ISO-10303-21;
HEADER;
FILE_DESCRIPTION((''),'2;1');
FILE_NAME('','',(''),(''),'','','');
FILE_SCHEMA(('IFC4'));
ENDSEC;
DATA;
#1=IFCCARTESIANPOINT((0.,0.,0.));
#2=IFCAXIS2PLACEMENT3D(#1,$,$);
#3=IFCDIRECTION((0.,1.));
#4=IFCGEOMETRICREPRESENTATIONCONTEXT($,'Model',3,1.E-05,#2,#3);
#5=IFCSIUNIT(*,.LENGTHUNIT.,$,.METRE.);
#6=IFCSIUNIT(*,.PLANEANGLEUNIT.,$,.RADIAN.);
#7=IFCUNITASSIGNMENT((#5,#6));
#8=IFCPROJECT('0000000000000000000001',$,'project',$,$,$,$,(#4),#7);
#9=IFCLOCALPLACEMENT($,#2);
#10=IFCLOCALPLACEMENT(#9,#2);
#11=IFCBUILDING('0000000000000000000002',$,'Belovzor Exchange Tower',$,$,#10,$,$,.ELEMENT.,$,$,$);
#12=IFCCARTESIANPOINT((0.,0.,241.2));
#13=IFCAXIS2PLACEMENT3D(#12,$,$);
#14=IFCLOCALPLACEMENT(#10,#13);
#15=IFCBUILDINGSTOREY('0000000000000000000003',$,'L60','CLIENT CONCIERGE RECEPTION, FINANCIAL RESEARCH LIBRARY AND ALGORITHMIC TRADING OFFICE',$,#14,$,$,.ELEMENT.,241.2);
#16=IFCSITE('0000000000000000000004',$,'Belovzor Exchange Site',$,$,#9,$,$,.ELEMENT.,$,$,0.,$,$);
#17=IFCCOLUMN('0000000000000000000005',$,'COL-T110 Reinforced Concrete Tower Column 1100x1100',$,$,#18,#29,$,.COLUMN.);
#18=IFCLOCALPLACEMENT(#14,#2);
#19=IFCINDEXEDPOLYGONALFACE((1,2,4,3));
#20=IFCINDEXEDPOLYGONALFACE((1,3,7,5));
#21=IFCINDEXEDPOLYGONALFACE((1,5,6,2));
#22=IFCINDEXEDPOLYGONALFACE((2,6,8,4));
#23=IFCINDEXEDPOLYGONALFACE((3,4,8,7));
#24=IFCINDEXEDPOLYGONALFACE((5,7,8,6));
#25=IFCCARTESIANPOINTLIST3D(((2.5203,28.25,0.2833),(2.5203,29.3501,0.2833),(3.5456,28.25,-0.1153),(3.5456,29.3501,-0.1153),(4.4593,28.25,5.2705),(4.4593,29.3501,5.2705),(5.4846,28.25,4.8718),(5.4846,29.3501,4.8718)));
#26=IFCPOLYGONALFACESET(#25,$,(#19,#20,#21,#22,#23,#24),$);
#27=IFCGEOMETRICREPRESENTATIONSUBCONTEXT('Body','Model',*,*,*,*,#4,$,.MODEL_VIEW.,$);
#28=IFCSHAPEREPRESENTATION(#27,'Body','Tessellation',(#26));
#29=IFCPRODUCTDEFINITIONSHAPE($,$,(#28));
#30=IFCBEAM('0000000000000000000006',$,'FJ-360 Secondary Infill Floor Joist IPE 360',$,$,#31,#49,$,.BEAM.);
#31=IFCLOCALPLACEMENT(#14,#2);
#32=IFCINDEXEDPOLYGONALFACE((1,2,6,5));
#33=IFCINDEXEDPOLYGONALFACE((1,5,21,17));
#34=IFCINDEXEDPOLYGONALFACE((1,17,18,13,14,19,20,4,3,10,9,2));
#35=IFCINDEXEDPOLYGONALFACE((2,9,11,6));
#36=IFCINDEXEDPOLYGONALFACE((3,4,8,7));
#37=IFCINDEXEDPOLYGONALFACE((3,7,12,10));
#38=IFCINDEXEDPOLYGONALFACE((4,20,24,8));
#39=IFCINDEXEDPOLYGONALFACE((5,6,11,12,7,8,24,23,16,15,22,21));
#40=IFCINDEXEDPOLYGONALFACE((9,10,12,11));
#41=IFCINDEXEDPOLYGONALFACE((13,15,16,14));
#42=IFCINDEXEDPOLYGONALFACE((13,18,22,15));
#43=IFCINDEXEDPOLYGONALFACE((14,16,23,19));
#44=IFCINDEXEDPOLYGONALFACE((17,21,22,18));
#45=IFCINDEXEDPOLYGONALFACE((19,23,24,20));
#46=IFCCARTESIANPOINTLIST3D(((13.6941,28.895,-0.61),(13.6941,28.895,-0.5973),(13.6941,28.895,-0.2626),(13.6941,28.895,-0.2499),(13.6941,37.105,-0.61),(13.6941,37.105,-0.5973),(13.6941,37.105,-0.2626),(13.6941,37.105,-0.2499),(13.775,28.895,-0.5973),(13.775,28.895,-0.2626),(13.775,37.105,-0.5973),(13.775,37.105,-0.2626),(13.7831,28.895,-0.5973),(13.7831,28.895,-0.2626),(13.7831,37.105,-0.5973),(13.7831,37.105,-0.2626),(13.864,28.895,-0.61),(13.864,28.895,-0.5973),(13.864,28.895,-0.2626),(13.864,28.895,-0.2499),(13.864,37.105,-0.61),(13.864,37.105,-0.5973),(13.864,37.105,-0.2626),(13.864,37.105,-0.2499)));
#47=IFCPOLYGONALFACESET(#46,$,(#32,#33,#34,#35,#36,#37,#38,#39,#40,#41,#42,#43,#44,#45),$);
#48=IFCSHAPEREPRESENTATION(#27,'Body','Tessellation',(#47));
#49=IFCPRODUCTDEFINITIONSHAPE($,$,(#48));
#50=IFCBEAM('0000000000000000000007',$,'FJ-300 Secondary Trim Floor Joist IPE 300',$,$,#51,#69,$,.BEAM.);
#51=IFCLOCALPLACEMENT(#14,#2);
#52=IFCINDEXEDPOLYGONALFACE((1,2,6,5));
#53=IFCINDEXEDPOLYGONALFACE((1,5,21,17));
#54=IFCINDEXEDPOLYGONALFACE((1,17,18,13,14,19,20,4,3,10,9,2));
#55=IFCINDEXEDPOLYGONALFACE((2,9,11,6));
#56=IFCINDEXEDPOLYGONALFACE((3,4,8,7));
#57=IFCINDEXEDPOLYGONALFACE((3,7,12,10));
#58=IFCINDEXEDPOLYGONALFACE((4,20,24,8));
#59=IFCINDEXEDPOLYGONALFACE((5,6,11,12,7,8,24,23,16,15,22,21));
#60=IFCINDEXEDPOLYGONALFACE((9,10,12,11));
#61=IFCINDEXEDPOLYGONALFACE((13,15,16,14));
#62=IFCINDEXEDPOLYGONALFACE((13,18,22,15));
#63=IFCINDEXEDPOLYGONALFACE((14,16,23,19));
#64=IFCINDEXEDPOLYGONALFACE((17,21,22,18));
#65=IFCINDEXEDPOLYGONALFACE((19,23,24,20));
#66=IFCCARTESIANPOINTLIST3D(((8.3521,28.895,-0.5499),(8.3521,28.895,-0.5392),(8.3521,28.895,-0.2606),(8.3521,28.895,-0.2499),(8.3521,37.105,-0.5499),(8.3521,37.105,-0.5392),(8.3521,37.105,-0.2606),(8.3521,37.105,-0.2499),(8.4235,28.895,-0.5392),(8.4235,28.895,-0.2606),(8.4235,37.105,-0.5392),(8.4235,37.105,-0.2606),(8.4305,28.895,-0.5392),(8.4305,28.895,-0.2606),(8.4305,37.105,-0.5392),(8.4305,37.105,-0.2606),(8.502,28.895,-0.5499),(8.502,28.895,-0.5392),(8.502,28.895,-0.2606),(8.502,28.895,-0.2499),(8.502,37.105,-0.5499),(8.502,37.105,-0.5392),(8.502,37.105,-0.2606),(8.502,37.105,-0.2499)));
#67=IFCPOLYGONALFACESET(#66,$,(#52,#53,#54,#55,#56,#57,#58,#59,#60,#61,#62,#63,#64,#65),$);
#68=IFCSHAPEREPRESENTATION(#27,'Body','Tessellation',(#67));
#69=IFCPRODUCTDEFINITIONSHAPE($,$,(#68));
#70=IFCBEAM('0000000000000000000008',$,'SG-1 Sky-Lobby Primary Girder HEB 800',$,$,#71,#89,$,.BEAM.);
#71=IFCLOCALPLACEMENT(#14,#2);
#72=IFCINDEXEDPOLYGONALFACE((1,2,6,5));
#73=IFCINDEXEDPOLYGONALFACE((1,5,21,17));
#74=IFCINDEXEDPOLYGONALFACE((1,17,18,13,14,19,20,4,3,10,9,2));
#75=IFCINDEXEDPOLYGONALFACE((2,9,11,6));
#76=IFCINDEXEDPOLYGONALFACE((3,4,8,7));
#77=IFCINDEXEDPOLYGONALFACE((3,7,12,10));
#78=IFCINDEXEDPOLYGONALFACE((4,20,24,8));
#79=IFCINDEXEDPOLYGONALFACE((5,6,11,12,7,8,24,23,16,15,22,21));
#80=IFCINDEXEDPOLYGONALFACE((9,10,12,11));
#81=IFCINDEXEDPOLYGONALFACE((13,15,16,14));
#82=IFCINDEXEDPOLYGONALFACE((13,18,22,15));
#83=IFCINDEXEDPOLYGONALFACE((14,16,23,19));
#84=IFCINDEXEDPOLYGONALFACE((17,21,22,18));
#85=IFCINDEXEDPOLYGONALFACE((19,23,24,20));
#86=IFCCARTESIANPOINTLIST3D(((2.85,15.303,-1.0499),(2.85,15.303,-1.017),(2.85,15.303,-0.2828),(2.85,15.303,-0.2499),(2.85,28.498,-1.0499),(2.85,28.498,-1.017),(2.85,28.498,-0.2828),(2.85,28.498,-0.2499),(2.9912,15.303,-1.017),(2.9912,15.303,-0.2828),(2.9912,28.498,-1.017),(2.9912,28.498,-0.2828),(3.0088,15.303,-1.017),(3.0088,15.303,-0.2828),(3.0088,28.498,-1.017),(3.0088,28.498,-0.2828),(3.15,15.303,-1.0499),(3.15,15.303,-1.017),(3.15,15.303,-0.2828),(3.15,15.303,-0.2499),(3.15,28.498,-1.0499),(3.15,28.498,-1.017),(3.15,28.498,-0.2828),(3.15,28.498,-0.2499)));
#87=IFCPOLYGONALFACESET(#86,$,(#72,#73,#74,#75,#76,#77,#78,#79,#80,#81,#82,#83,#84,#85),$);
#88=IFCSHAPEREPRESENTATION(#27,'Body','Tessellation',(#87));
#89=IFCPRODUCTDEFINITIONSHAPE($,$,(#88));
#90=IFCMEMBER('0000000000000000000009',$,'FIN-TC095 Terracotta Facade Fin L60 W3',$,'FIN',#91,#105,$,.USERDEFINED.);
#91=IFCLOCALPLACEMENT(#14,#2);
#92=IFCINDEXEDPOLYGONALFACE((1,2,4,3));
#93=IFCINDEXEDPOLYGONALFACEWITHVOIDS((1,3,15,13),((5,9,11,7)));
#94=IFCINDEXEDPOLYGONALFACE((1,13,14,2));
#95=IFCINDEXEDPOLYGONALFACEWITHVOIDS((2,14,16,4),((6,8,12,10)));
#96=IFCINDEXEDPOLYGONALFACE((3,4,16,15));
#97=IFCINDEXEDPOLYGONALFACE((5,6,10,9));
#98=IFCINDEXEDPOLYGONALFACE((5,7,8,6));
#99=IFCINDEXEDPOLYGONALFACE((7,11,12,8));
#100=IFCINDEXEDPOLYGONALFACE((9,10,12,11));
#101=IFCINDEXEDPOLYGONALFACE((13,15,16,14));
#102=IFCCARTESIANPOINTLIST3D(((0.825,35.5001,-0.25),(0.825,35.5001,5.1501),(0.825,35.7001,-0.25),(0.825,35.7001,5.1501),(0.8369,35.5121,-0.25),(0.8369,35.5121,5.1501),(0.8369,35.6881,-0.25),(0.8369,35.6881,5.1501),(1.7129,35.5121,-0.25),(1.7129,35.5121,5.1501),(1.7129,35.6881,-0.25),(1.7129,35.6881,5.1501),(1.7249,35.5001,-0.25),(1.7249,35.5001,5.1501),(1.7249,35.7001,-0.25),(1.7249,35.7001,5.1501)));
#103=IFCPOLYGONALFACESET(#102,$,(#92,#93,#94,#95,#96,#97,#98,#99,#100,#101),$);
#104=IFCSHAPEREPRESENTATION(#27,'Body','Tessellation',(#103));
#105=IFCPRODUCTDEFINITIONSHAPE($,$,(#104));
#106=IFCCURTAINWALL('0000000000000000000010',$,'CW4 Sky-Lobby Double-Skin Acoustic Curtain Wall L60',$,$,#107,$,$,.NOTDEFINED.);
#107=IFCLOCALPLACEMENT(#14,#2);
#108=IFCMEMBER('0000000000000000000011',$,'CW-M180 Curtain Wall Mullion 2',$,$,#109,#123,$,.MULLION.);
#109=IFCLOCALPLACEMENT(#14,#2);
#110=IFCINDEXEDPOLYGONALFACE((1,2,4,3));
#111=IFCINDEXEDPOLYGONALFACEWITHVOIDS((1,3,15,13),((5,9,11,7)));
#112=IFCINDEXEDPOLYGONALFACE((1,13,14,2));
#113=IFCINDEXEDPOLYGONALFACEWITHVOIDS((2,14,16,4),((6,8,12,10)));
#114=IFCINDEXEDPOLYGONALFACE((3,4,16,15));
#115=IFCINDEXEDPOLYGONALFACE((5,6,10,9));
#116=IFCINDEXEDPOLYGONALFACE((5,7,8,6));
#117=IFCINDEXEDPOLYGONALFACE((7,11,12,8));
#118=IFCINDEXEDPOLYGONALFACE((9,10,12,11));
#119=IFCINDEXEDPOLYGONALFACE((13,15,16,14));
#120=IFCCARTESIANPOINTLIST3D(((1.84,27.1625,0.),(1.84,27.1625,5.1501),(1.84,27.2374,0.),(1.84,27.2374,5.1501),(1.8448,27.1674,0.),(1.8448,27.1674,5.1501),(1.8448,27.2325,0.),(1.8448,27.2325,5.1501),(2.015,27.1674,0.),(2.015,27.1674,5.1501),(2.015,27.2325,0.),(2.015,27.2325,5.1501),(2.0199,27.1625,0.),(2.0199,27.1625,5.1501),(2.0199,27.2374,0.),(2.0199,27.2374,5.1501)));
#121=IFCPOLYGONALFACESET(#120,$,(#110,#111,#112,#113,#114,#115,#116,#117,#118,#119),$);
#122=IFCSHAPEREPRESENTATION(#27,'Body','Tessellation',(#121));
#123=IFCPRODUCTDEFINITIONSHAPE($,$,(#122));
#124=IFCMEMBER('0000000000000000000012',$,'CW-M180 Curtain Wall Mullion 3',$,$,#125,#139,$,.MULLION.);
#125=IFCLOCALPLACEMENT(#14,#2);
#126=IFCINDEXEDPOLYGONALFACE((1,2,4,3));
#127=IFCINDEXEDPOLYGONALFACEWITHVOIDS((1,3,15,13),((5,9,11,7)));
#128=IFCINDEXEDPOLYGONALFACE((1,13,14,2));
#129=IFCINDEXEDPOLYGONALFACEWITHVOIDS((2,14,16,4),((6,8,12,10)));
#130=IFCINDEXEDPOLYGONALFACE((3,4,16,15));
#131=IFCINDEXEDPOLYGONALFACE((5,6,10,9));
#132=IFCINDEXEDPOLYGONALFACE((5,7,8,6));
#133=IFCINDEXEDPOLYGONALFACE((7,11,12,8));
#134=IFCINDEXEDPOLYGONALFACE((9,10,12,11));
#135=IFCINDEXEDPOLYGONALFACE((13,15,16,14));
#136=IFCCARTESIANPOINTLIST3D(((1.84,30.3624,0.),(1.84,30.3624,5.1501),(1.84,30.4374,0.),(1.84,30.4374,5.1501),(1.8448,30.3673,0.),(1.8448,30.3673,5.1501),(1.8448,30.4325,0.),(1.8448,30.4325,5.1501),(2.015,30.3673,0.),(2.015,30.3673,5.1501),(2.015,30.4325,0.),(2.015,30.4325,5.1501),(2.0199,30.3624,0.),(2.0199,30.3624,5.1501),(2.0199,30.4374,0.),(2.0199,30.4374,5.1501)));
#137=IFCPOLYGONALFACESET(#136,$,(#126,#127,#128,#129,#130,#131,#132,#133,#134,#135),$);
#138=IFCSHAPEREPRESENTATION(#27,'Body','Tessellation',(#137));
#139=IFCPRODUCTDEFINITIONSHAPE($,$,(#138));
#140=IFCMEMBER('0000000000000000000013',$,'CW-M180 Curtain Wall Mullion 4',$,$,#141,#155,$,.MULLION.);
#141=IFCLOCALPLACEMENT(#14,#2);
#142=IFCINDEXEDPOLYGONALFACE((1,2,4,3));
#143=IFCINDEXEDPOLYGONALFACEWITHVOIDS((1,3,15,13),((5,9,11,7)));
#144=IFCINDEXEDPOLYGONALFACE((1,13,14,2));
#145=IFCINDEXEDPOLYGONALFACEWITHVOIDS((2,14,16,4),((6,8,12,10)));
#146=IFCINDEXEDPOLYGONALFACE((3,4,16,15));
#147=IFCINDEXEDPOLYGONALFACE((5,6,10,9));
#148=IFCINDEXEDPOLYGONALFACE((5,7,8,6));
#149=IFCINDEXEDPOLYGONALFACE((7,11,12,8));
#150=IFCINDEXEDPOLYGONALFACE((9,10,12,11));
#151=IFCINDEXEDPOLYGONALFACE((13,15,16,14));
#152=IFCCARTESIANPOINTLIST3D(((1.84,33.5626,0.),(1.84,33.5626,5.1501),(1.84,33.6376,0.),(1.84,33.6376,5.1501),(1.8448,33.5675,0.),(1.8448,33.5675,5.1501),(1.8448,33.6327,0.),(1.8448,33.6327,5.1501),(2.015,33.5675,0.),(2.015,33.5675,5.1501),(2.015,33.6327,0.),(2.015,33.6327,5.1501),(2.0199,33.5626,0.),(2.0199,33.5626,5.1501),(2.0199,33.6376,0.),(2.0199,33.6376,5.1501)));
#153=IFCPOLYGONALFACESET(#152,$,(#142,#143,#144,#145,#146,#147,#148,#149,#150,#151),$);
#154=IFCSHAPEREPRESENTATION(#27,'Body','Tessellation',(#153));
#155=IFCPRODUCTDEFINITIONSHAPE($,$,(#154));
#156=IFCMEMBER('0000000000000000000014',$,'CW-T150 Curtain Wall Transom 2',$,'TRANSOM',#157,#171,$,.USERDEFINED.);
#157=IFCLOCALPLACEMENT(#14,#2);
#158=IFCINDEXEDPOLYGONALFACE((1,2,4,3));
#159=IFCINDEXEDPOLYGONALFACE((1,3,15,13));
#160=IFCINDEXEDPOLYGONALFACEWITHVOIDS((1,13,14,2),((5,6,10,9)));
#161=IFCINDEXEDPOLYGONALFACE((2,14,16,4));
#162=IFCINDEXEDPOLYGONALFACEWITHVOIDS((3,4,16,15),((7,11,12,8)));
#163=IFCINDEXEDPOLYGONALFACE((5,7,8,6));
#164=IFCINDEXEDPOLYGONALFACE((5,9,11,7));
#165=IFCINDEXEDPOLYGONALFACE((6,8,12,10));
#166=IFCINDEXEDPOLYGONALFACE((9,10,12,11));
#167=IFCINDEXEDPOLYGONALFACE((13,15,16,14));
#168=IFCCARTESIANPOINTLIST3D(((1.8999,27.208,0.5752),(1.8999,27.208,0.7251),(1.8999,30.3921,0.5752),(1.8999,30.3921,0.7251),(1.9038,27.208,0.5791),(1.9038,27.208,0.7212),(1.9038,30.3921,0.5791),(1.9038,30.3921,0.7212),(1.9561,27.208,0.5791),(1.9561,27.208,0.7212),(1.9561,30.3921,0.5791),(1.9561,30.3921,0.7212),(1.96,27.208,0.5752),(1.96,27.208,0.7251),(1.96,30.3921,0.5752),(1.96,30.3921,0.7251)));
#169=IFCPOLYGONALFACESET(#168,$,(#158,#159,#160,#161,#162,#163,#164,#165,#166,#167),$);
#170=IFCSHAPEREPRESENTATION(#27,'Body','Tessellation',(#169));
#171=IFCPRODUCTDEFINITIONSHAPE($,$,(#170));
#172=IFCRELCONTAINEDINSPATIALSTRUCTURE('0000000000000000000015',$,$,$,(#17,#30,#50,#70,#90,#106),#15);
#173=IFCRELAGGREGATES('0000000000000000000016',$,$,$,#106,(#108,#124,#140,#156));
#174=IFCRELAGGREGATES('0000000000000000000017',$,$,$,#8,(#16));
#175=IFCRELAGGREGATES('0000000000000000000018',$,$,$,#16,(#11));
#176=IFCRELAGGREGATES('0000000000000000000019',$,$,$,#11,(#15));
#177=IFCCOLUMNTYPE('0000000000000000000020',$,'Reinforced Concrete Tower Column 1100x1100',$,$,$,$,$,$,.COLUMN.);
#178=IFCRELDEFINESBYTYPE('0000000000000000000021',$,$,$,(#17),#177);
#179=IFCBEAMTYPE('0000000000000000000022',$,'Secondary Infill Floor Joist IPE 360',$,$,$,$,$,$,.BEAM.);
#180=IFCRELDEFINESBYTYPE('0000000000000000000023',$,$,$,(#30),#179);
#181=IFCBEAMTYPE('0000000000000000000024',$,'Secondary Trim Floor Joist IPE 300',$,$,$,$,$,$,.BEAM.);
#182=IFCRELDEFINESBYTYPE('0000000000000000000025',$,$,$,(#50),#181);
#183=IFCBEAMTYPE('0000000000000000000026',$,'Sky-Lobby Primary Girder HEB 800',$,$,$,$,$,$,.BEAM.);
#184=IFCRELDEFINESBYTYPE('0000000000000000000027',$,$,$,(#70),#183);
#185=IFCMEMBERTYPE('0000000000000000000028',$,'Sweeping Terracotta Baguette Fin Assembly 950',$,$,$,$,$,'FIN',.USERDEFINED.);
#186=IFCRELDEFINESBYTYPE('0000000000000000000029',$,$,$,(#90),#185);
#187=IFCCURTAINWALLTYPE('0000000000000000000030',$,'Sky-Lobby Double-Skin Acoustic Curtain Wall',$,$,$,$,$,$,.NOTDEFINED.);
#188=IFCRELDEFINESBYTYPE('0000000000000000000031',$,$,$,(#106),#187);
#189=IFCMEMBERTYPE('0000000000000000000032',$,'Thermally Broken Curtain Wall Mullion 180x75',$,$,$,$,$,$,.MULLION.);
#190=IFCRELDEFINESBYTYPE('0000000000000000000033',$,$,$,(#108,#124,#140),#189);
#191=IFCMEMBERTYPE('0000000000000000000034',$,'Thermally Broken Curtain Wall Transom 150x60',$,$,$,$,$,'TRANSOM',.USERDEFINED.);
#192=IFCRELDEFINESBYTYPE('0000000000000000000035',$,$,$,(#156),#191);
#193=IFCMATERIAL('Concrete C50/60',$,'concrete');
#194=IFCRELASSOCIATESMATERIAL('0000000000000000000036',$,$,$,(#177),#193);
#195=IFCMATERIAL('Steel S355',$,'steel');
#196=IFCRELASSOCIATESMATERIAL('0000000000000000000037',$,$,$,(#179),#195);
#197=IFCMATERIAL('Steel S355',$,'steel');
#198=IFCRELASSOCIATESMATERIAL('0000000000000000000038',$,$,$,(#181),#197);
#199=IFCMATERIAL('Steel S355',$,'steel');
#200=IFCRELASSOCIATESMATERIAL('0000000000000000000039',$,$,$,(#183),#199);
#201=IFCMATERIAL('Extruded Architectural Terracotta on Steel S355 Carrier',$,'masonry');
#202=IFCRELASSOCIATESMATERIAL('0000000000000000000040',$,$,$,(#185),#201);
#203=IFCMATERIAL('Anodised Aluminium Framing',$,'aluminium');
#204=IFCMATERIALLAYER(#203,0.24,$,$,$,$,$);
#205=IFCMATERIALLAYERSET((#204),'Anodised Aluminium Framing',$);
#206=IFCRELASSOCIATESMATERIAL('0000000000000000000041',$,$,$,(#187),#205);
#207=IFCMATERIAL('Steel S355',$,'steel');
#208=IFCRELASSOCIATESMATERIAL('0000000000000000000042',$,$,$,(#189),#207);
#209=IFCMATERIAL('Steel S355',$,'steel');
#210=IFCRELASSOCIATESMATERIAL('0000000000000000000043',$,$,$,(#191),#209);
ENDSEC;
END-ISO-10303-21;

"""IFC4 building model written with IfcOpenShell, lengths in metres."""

from ifc_helpers import new_model, si_unit, direction, frame, origin, origin_2d, place, context, subcontext, project, spatial, rectangle, hollow_rectangle, i_section, extrude, material, layer, layer_set, material_profile, profile_set, type_object, element, aggregate, save


model = new_model("IFC4")

# Units and contexts
model_context = context("Model", 3, precision=1e-05, world=origin(), true_north=direction((0.0, 1.0)))
body_context = subcontext(model_context, "Body", "Model", "MODEL_VIEW")
ifc_project = project(units=[si_unit("LENGTHUNIT", "METRE"), si_unit("PLANEANGLEUNIT", "RADIAN")], contexts=[model_context])

# Site, building, storey
site_placement = place(None, origin())
site = spatial("IfcSite", under=ifc_project, at=site_placement, Name="Belovzor Exchange Site", CompositionType="ELEMENT", RefElevation=0.0)
building_placement = place(site_placement, origin())
building = spatial("IfcBuilding", under=site, at=building_placement, Name="Belovzor Exchange Tower", CompositionType="ELEMENT")
storey_placement = place(building_placement, frame((0.0, 0.0, 241.2)))
storey = spatial("IfcBuildingStorey", under=building, at=storey_placement, Name="L60", Description="CLIENT CONCIERGE RECEPTION, FINANCIAL RESEARCH LIBRARY AND ALGORITHMIC TRADING OFFICE", CompositionType="ELEMENT", Elevation=241.2)

# Column
ifc_material_1 = material(Name="Concrete C50/60", Category="concrete")
ifc_material_profile_1 = material_profile(ifc_material_1, rectangle(XDim=1.1001, YDim=1.1001, at=origin_2d()))
ifc_profile_set_1 = profile_set([ifc_material_profile_1], Name="Concrete C50/60")
column_type = type_object("IfcColumnType", Name="Reinforced Concrete Tower Column 1100x1100", PredefinedType="COLUMN", material=ifc_profile_set_1)
column_placement = place(storey_placement, frame((3.033, 28.8, 0.084), z_axis=(0.362374, 0.0, 0.932033), x_axis=(0.0, 1.0, 0.0)))
element("IfcColumn", 1, at=column_placement, inside=storey, type_object=column_type, Name="COL-T110 Reinforced Concrete Tower Column 1100x1100", PredefinedType="COLUMN", context=body_context, shape_type="SweptSolid", body=[
    extrude(rectangle(XDim=1.1001, YDim=1.1001, at=origin_2d()), origin(), (0.0, 0.0, 1.0), 5.3508),
])

# Beams
ifc_material_2 = material(Name="Steel S355", Category="steel")
ifc_material_profile_2 = material_profile(ifc_material_2, i_section(OverallWidth=0.1699, OverallDepth=0.3601, WebThickness=0.0081, FlangeThickness=0.0127, at=origin_2d()))
ifc_profile_set_2 = profile_set([ifc_material_profile_2], Name="Steel S355")
beam_type_1 = type_object("IfcBeamType", Name="Secondary Infill Floor Joist IPE 360", PredefinedType="BEAM", material=ifc_profile_set_2)
beam_1_placement = place(storey_placement, frame((13.7791, 28.895, -0.4299), z_axis=(0.0, 1.0, 0.0), x_axis=(-1.0, 0.0, 0.0)))
element("IfcBeam", 2, at=beam_1_placement, inside=storey, type_object=beam_type_1, Name="FJ-360 Secondary Infill Floor Joist IPE 360", PredefinedType="BEAM", context=body_context, shape_type="SweptSolid", body=[
    extrude(i_section(OverallWidth=0.1699, OverallDepth=0.3601, WebThickness=0.0081, FlangeThickness=0.0127, at=origin_2d()), origin(), (0.0, 0.0, 1.0), 8.21),
])
ifc_material_3 = material(Name="Steel S355", Category="steel")
ifc_material_profile_3 = material_profile(ifc_material_3, i_section(OverallWidth=0.1499, OverallDepth=0.3, WebThickness=0.0071, FlangeThickness=0.0107, at=origin_2d()))
ifc_profile_set_3 = profile_set([ifc_material_profile_3], Name="Steel S355")
beam_type_2 = type_object("IfcBeamType", Name="Secondary Trim Floor Joist IPE 300", PredefinedType="BEAM", material=ifc_profile_set_3)
beam_2_placement = place(storey_placement, frame((8.427, 28.895, -0.3999), z_axis=(0.0, 1.0, 0.0), x_axis=(-1.0, 0.0, 0.0)))
element("IfcBeam", 3, at=beam_2_placement, inside=storey, type_object=beam_type_2, Name="FJ-300 Secondary Trim Floor Joist IPE 300", PredefinedType="BEAM", context=body_context, shape_type="SweptSolid", body=[
    extrude(i_section(OverallWidth=0.1499, OverallDepth=0.3, WebThickness=0.0071, FlangeThickness=0.0107, at=origin_2d()), origin(), (0.0, 0.0, 1.0), 8.21),
])
ifc_material_4 = material(Name="Steel S355", Category="steel")
ifc_material_profile_4 = material_profile(ifc_material_4, i_section(OverallWidth=0.3, OverallDepth=0.8, WebThickness=0.0176, FlangeThickness=0.033, at=origin_2d()))
ifc_profile_set_4 = profile_set([ifc_material_profile_4], Name="Steel S355")
beam_type_3 = type_object("IfcBeamType", Name="Sky-Lobby Primary Girder HEB 800", PredefinedType="BEAM", material=ifc_profile_set_4)
beam_3_placement = place(storey_placement, frame((3.0, 28.498, -0.6499), z_axis=(0.0, -1.0, 0.0), x_axis=(1.0, 0.0, 0.0)))
element("IfcBeam", 4, at=beam_3_placement, inside=storey, type_object=beam_type_3, Name="SG-1 Sky-Lobby Primary Girder HEB 800", PredefinedType="BEAM", context=body_context, shape_type="SweptSolid", body=[
    extrude(i_section(OverallWidth=0.3, OverallDepth=0.8, WebThickness=0.0176, FlangeThickness=0.033, at=origin_2d()), origin(), (0.0, 0.0, 1.0), 13.1951),
])

# Member
ifc_material_5 = material(Name="Extruded Architectural Terracotta on Steel S355 Carrier", Category="masonry")
ifc_material_profile_5 = material_profile(ifc_material_5, hollow_rectangle(XDim=0.2, YDim=0.8999, WallThickness=0.012, at=origin_2d()))
ifc_profile_set_5 = profile_set([ifc_material_profile_5], Name="Extruded Architectural Terracotta on Steel S355 Carrier")
member_type_1 = type_object("IfcMemberType", Name="Sweeping Terracotta Baguette Fin Assembly 950", ElementType="FIN", PredefinedType="USERDEFINED", material=ifc_profile_set_5)
member_1_placement = place(storey_placement, frame((1.2749, 35.6001, -0.25), z_axis=(0.0, 0.0, 1.0), x_axis=(0.0, 1.0, 0.0)))
element("IfcMember", 5, at=member_1_placement, inside=storey, type_object=member_type_1, Name="FIN-TC095 Terracotta Facade Fin L60 W3", ObjectType="FIN", PredefinedType="USERDEFINED", context=body_context, shape_type="SweptSolid", body=[
    extrude(hollow_rectangle(XDim=0.2, YDim=0.8999, WallThickness=0.012, at=origin_2d()), origin(), (0.0, 0.0, 1.0), 5.4001),
])

# Curtain wall, members
ifc_material_6 = material(Name="Anodised Aluminium Framing", Category="aluminium")
ifc_layer_1 = layer(ifc_material_6, 0.24)
ifc_layer_set_1 = layer_set([ifc_layer_1], Name="Anodised Aluminium Framing")
curtain_wall_type = type_object("IfcCurtainWallType", Name="Sky-Lobby Double-Skin Acoustic Curtain Wall", PredefinedType="NOTDEFINED", material=ifc_layer_set_1)
curtain_wall_placement = place(storey_placement, origin())
curtain_wall = element("IfcCurtainWall", 6, at=curtain_wall_placement, inside=storey, type_object=curtain_wall_type, Name="CW4 Sky-Lobby Double-Skin Acoustic Curtain Wall L60", PredefinedType="NOTDEFINED")
ifc_material_7 = material(Name="Steel S355", Category="steel")
ifc_material_profile_6 = material_profile(ifc_material_7, hollow_rectangle(XDim=0.075, YDim=0.1799, WallThickness=0.0049, at=origin_2d()))
ifc_profile_set_6 = profile_set([ifc_material_profile_6], Name="Steel S355")
member_type_2 = type_object("IfcMemberType", Name="Thermally Broken Curtain Wall Mullion 180x75", PredefinedType="MULLION", material=ifc_profile_set_6)
member_2_placement = place(storey_placement, frame((1.9299, 27.2, 0.0), z_axis=(0.0, 0.0, 1.0), x_axis=(0.0, 1.0, 0.0)))
member_2 = element("IfcMember", 7, at=member_2_placement, type_object=member_type_2, Name="CW-M180 Curtain Wall Mullion 2", PredefinedType="MULLION", context=body_context, shape_type="SweptSolid", body=[
    extrude(hollow_rectangle(XDim=0.075, YDim=0.1799, WallThickness=0.0049, at=origin_2d()), origin(), (0.0, 0.0, 1.0), 5.1501),
])
member_3_placement = place(storey_placement, frame((1.9299, 30.3999, 0.0), z_axis=(0.0, 0.0, 1.0), x_axis=(0.0, 1.0, 0.0)))
member_3 = element("IfcMember", 8, at=member_3_placement, type_object=member_type_2, Name="CW-M180 Curtain Wall Mullion 3", PredefinedType="MULLION", context=body_context, shape_type="SweptSolid", body=[
    extrude(hollow_rectangle(XDim=0.075, YDim=0.1799, WallThickness=0.0049, at=origin_2d()), origin(), (0.0, 0.0, 1.0), 5.1501),
])
member_4_placement = place(storey_placement, frame((1.9299, 33.6001, 0.0), z_axis=(0.0, 0.0, 1.0), x_axis=(0.0, 1.0, 0.0)))
member_4 = element("IfcMember", 9, at=member_4_placement, type_object=member_type_2, Name="CW-M180 Curtain Wall Mullion 4", PredefinedType="MULLION", context=body_context, shape_type="SweptSolid", body=[
    extrude(hollow_rectangle(XDim=0.075, YDim=0.1799, WallThickness=0.0049, at=origin_2d()), origin(), (0.0, 0.0, 1.0), 5.1501),
])
ifc_material_8 = material(Name="Steel S355", Category="steel")
ifc_material_profile_7 = material_profile(ifc_material_8, hollow_rectangle(XDim=0.0601, YDim=0.1499, WallThickness=0.0039, at=origin_2d()))
ifc_profile_set_7 = profile_set([ifc_material_profile_7], Name="Steel S355")
member_type_3 = type_object("IfcMemberType", Name="Thermally Broken Curtain Wall Transom 150x60", ElementType="TRANSOM", PredefinedType="USERDEFINED", material=ifc_profile_set_7)
member_5_placement = place(storey_placement, frame((1.9299, 27.208, 0.6501), z_axis=(0.0, 1.0, 0.0), x_axis=(-1.0, 0.0, 0.0)))
member_5 = element("IfcMember", 10, at=member_5_placement, type_object=member_type_3, Name="CW-T150 Curtain Wall Transom 2", ObjectType="TRANSOM", PredefinedType="USERDEFINED", context=body_context, shape_type="SweptSolid", body=[
    extrude(hollow_rectangle(XDim=0.0601, YDim=0.1499, WallThickness=0.0039, at=origin_2d()), origin(), (0.0, 0.0, 1.0), 3.1841),
])

aggregate(curtain_wall, [member_2, member_3, member_4, member_5])

save(model, "model.ifc")
